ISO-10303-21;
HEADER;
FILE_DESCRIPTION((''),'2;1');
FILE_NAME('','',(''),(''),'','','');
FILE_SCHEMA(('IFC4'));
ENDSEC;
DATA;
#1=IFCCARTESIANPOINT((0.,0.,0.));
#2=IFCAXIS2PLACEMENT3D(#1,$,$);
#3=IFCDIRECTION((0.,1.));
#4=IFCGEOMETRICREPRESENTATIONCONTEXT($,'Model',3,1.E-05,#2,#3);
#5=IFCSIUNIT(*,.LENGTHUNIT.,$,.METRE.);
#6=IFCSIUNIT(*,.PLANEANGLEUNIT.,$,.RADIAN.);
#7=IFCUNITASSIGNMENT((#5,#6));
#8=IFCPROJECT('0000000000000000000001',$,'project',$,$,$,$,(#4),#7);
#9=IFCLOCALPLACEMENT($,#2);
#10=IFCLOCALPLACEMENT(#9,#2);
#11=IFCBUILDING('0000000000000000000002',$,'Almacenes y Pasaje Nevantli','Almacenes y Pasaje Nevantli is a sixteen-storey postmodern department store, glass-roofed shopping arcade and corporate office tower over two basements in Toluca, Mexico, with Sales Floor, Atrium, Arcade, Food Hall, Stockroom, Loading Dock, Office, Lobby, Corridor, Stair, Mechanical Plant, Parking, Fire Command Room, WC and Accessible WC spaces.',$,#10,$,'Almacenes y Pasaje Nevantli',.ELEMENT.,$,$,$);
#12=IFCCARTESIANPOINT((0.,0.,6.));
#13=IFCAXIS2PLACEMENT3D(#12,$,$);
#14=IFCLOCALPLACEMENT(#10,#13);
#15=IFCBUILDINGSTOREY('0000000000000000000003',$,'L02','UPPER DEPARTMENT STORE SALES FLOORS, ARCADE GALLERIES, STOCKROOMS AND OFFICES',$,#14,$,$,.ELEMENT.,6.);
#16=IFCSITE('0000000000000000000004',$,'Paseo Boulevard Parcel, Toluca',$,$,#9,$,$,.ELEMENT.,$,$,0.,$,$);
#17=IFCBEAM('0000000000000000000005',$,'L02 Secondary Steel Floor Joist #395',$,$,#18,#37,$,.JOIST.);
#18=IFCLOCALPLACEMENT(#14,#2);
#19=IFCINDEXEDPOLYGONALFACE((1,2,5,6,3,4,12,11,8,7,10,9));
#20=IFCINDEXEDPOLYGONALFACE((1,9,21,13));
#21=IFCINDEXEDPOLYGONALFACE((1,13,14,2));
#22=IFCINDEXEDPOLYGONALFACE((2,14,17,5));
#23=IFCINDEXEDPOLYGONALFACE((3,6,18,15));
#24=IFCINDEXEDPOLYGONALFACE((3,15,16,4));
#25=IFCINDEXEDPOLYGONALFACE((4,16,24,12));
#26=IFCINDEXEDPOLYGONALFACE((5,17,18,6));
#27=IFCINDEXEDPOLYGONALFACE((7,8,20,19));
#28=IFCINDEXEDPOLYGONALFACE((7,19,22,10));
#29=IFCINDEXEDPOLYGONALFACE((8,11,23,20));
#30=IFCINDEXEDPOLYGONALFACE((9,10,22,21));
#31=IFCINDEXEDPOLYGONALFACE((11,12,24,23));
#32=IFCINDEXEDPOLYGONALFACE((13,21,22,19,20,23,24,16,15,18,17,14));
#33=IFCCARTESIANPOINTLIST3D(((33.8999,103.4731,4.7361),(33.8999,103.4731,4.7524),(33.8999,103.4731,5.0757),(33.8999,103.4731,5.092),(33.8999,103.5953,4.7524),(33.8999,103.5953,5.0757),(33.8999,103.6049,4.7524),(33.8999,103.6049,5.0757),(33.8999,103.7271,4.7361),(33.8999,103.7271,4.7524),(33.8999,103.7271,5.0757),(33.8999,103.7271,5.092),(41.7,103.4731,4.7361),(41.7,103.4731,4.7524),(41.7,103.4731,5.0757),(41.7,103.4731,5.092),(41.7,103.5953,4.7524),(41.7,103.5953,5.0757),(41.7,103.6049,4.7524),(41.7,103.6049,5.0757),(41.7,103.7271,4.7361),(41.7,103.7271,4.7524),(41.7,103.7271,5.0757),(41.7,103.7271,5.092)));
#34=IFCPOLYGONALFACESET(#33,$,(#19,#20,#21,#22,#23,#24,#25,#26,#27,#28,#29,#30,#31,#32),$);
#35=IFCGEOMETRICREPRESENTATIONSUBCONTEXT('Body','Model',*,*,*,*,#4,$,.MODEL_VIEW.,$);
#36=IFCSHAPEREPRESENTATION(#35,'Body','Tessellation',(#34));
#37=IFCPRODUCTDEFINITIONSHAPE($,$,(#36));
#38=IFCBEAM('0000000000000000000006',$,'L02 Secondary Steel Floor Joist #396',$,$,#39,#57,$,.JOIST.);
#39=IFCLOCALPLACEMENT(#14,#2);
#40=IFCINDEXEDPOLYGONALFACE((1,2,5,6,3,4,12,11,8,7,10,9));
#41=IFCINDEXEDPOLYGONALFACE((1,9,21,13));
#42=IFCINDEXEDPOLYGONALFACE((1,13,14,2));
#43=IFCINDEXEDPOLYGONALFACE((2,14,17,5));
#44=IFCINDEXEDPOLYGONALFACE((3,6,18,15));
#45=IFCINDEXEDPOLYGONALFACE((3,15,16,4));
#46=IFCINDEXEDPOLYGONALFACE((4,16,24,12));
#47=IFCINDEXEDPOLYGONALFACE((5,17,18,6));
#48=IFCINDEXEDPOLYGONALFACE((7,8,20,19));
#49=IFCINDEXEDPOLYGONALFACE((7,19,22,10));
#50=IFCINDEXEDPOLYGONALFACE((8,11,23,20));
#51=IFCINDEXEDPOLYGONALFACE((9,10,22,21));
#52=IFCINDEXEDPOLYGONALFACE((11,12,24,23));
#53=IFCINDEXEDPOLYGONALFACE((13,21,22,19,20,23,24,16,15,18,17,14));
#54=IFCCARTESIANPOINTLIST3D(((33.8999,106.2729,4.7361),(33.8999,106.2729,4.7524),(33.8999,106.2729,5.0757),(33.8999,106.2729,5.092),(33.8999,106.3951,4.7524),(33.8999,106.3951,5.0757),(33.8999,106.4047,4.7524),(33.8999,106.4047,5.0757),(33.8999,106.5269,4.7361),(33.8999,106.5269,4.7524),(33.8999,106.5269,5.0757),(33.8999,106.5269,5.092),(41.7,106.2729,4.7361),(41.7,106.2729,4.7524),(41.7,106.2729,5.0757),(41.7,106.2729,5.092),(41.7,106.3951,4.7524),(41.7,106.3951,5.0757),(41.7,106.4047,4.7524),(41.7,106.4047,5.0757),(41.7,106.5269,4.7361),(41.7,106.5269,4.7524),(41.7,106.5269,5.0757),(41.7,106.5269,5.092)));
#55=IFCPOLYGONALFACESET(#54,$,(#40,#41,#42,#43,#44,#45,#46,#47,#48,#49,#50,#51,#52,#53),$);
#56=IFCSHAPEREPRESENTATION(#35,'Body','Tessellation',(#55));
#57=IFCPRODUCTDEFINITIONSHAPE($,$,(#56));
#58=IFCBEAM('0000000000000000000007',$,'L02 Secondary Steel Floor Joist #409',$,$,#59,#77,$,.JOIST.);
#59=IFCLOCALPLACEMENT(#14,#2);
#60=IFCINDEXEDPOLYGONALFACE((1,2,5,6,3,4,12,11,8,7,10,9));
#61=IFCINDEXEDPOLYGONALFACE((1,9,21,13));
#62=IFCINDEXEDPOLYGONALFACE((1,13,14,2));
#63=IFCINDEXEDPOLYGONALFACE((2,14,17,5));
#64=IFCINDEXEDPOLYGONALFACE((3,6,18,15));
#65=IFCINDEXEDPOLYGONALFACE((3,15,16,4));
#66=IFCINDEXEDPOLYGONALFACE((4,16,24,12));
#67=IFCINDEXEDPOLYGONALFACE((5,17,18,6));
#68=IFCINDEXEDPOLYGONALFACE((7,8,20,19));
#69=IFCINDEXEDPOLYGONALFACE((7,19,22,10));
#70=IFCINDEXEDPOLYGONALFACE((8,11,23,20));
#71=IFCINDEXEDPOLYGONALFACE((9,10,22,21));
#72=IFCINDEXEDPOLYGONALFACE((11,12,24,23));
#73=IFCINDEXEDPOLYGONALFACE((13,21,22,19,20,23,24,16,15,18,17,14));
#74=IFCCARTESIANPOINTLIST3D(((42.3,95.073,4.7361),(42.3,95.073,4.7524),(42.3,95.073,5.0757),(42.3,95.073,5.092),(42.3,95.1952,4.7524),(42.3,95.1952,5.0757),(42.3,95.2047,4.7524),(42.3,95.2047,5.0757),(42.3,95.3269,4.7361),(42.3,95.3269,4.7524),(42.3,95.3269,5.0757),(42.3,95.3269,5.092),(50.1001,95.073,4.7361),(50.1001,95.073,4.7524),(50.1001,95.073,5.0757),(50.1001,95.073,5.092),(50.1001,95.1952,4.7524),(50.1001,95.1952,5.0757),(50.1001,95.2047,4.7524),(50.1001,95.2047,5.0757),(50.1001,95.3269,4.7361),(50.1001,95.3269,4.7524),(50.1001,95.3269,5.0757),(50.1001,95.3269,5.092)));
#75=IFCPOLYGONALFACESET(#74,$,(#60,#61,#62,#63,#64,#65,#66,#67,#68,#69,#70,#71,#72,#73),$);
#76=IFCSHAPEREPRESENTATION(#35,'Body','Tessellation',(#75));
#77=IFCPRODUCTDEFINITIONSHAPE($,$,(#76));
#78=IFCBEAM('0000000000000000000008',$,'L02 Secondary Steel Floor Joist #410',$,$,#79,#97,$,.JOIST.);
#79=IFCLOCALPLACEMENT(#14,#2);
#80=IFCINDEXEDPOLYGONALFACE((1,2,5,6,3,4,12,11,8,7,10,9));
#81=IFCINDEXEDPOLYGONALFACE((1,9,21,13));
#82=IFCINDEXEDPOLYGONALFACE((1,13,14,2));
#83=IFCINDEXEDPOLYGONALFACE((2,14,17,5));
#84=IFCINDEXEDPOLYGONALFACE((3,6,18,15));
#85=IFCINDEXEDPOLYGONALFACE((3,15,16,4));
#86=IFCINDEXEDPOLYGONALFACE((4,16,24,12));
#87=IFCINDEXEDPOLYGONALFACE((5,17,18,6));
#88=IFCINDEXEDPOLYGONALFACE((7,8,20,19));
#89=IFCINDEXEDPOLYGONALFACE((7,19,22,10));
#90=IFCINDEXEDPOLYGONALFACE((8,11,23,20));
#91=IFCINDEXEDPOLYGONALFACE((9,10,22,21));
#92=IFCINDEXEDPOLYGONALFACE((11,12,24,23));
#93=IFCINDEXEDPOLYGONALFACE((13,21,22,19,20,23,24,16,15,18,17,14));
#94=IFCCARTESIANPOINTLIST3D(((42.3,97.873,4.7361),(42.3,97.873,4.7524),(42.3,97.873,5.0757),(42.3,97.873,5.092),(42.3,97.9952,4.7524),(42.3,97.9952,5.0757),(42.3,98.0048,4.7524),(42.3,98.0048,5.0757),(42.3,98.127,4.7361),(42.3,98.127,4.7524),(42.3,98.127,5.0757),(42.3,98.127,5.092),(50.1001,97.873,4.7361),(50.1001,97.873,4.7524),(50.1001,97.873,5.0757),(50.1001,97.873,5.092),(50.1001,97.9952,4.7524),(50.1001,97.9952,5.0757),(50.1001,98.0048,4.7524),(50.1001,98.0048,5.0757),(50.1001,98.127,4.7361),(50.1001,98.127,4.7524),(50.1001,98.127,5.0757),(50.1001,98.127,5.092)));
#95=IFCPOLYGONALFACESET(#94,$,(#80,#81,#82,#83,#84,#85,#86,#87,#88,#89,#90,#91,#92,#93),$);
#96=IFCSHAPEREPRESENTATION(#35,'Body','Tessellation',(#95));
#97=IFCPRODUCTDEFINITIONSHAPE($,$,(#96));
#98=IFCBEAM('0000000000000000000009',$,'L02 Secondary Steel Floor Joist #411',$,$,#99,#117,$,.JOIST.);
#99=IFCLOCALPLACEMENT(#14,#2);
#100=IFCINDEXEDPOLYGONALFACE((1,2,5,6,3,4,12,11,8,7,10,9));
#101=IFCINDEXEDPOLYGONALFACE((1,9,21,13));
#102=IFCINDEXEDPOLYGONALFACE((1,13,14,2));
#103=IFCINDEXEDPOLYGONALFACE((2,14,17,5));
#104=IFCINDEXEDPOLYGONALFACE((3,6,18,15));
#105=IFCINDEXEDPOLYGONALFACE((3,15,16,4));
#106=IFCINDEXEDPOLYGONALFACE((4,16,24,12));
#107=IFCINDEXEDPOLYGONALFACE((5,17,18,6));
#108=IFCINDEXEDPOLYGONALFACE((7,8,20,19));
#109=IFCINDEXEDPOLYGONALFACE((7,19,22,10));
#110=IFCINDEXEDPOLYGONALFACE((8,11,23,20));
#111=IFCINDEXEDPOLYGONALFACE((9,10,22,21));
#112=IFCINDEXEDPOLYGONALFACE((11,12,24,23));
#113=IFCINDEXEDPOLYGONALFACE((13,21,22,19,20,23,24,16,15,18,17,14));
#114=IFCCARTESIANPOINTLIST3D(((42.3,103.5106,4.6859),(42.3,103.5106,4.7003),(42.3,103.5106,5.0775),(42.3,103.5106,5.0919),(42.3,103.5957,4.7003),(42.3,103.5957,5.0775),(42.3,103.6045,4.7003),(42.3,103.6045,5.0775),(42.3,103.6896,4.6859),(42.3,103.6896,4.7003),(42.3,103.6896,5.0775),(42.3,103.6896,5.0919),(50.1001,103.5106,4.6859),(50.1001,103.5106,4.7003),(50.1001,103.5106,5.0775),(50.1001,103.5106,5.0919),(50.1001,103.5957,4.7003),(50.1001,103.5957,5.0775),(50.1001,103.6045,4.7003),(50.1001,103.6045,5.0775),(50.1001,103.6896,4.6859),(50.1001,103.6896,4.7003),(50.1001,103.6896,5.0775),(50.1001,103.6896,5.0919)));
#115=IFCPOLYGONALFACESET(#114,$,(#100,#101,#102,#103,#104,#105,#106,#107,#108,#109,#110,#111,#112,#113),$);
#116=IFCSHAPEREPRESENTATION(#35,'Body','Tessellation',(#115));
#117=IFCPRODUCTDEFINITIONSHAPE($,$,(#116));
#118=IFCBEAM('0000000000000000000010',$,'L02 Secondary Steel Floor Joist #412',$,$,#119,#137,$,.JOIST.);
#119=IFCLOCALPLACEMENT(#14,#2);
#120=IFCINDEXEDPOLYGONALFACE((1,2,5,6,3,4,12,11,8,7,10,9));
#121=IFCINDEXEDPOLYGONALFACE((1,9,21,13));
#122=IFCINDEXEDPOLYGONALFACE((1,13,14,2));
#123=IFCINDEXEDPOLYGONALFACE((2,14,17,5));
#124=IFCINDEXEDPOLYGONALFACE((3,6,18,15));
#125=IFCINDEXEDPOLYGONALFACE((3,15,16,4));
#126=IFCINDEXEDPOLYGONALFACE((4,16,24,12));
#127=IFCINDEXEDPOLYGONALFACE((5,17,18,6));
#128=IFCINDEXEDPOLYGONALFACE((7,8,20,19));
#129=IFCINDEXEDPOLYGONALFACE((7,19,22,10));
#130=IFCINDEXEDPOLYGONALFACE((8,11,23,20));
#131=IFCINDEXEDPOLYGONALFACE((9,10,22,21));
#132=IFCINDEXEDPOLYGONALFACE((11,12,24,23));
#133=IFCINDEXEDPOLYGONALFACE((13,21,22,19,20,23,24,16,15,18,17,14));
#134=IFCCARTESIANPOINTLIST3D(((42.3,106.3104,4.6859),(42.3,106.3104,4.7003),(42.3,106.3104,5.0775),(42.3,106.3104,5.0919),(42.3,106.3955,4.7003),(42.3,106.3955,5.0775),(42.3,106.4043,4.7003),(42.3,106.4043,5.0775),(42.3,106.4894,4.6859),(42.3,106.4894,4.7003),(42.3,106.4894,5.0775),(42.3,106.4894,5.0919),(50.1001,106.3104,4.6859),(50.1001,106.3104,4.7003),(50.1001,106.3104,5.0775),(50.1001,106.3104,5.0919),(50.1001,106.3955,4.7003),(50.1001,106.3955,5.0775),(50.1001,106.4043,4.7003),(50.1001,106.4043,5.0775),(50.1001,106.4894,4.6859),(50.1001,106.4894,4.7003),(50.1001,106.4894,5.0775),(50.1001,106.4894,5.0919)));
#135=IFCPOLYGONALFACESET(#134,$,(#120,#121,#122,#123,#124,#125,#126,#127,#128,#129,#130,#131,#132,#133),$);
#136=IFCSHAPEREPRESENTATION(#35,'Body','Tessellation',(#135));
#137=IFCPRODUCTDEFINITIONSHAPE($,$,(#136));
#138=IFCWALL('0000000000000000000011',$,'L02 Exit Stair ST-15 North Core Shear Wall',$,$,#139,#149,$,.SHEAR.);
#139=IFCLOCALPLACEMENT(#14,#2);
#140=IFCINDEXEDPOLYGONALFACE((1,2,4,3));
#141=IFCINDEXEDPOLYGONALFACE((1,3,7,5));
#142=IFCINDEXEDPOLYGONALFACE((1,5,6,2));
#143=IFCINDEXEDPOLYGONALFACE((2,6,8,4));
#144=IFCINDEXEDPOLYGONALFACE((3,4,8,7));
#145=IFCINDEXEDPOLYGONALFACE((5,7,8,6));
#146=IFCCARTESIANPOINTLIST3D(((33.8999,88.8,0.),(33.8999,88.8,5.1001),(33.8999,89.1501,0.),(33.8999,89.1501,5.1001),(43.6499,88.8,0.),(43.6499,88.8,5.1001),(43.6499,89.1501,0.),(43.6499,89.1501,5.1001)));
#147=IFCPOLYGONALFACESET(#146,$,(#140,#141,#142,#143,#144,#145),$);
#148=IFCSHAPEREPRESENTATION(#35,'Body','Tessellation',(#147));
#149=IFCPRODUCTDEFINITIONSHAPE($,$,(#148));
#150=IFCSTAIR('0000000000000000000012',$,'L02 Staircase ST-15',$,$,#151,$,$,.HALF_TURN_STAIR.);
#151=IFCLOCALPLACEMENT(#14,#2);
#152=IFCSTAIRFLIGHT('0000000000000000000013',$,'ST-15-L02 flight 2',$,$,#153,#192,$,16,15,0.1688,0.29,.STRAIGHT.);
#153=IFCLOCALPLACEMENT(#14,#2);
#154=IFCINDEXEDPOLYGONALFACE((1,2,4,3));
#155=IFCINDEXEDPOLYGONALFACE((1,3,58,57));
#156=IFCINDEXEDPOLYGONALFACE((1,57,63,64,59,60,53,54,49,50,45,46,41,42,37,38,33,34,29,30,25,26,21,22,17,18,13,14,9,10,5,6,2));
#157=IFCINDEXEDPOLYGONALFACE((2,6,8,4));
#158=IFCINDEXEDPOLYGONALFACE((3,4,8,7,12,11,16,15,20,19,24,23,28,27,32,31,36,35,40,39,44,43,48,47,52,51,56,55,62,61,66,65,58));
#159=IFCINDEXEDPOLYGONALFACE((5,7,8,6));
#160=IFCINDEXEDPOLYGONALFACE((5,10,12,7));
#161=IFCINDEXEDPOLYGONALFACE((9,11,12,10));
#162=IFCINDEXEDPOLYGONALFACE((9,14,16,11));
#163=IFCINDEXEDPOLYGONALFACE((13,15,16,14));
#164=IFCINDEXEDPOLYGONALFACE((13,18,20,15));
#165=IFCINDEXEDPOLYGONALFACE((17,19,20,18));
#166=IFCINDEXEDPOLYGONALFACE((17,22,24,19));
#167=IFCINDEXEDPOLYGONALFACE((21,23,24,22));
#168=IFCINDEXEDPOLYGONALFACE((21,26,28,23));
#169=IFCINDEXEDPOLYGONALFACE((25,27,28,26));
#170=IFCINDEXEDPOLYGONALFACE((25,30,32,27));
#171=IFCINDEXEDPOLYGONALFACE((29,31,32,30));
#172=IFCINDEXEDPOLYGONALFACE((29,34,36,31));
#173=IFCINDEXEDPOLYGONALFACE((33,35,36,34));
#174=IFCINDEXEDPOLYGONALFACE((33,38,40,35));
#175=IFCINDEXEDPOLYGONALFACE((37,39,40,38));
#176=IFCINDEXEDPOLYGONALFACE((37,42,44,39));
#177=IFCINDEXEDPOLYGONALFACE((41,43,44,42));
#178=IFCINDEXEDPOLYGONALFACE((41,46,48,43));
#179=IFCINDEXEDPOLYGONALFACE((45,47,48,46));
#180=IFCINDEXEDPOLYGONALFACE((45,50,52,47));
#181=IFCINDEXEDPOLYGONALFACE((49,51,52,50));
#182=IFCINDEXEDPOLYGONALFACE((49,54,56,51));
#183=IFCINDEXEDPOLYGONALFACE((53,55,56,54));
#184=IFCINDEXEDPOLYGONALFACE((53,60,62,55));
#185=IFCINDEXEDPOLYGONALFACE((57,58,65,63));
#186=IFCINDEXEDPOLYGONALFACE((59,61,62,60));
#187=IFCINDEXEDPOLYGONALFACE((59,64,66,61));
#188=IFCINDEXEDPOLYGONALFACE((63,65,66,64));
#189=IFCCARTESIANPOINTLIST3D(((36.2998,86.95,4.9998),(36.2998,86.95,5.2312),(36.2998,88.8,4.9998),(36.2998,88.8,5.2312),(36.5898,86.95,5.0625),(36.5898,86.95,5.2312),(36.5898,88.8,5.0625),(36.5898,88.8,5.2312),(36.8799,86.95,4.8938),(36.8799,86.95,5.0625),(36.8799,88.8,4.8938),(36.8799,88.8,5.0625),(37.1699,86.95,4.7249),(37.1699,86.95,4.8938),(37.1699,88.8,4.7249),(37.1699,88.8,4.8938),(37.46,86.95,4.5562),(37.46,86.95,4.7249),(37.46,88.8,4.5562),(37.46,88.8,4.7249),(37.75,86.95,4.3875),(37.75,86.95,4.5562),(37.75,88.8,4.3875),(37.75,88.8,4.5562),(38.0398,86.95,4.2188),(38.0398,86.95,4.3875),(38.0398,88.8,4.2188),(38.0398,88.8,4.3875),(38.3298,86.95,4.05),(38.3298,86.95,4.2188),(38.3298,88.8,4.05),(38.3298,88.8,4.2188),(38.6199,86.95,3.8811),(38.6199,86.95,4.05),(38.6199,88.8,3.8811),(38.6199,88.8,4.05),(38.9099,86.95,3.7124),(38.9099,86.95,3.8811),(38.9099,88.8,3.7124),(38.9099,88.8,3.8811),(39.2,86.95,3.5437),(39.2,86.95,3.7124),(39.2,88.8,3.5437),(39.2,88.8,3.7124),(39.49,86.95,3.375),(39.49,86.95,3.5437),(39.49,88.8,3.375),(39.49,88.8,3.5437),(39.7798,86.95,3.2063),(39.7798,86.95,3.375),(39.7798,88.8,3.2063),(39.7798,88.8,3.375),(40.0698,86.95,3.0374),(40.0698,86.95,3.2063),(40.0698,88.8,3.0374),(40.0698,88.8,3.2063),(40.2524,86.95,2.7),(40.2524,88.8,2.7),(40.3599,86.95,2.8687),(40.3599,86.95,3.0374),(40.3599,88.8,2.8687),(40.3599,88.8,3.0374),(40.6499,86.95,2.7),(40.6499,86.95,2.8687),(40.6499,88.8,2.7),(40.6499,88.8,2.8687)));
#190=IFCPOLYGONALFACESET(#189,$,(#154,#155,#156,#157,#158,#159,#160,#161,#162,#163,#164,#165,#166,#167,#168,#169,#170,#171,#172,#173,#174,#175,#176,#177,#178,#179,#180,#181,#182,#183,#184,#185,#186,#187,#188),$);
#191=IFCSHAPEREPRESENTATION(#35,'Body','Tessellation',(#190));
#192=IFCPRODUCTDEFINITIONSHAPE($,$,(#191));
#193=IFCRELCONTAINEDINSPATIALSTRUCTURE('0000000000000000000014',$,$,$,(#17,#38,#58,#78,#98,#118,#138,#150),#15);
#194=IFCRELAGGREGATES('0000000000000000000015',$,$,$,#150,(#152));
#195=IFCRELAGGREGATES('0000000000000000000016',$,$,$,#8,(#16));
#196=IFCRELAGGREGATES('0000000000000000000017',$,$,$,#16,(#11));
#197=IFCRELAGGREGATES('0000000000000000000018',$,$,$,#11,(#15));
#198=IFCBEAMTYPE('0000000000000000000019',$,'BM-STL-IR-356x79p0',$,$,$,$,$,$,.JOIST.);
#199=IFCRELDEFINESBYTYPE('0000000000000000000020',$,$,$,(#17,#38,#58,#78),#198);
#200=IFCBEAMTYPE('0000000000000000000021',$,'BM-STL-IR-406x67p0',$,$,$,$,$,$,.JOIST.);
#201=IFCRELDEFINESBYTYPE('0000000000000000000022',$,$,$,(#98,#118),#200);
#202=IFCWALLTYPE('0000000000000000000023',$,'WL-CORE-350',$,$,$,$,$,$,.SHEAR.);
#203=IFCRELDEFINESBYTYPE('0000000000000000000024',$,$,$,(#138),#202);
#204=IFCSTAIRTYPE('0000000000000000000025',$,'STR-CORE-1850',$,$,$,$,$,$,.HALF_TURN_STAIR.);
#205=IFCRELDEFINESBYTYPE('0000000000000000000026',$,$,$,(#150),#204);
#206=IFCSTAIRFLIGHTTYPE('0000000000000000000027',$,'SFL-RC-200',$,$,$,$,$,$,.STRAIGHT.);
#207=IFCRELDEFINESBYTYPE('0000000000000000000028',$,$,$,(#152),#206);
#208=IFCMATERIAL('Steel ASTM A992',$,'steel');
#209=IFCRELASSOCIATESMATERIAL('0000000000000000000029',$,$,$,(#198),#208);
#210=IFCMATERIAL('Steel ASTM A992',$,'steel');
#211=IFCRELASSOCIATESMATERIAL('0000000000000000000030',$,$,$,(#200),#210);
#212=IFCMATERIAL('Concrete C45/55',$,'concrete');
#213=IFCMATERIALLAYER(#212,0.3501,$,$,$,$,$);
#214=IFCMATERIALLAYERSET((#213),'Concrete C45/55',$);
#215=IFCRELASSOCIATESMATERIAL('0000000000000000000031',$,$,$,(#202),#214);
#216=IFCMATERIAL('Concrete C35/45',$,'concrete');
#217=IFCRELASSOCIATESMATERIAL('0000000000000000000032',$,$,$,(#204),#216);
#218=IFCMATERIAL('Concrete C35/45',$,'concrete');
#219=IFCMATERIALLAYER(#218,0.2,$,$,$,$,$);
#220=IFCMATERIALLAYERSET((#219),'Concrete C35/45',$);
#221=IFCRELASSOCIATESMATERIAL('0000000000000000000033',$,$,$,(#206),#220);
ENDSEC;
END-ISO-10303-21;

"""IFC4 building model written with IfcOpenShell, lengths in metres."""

from ifc_helpers import new_model, si_unit, direction, frame, frame_2d, origin, origin_2d, place, context, subcontext, project, spatial, polyline, rectangle, i_section, outline, extrude, material, layer, layer_set, material_profile, profile_set, type_object, element, aggregate, save


model = new_model("IFC4")

# Units and contexts
model_context = context("Model", 3, precision=1e-05, world=origin(), true_north=direction((0.0, 1.0)))
body_context = subcontext(model_context, "Body", "Model", "MODEL_VIEW")
ifc_project = project(units=[si_unit("LENGTHUNIT", "METRE"), si_unit("PLANEANGLEUNIT", "RADIAN")], contexts=[model_context])

# Site, building, storey
site_placement = place(None, origin())
site = spatial("IfcSite", under=ifc_project, at=site_placement, Name="Paseo Boulevard Parcel, Toluca", CompositionType="ELEMENT", RefElevation=0.0)
building_placement = place(site_placement, origin())
building = spatial("IfcBuilding", under=site, at=building_placement, Name="Almacenes y Pasaje Nevantli", Description="Almacenes y Pasaje Nevantli is a sixteen-storey postmodern department store, glass-roofed shopping arcade and corporate office tower over two basements in Toluca, Mexico, with Sales Floor, Atrium, Arcade, Food Hall, Stockroom, Loading Dock, Office, Lobby, Corridor, Stair, Mechanical Plant, Parking, Fire Command Room, WC and Accessible WC spaces.", LongName="Almacenes y Pasaje Nevantli", CompositionType="ELEMENT")
storey_placement = place(building_placement, frame((0.0, 0.0, 6.0)))
storey = spatial("IfcBuildingStorey", under=building, at=storey_placement, Name="L02", Description="UPPER DEPARTMENT STORE SALES FLOORS, ARCADE GALLERIES, STOCKROOMS AND OFFICES", CompositionType="ELEMENT", Elevation=6.0)

# Beams
ifc_material_1 = material(Name="Steel ASTM A992", Category="steel")
ifc_material_profile_1 = material_profile(ifc_material_1, i_section(OverallWidth=0.2539, OverallDepth=0.356, WebThickness=0.0095, FlangeThickness=0.0164, at=origin_2d()), Name="IR 356x79.0")
ifc_profile_set_1 = profile_set([ifc_material_profile_1], Name="Steel ASTM A992")
beam_type_1 = type_object("IfcBeamType", Name="BM-STL-IR-356x79p0", PredefinedType="JOIST", material=ifc_profile_set_1)
for number, where, z_axis, x_axis, name in (
    (1, (33.8999, 103.6001, 4.9141), (1.0, 0.0, 0.0), (0.0, 1.0, 0.0), "L02 Secondary Steel Floor Joist #395"),
    (2, (33.8999, 106.3999, 4.9141), (1.0, 0.0, 0.0), (0.0, 1.0, 0.0), "L02 Secondary Steel Floor Joist #396"),
    (3, (42.3, 95.2, 4.9141), (1.0, 0.0, 0.0), (0.0, 1.0, 0.0), "L02 Secondary Steel Floor Joist #409"),
    (4, (42.3, 98.0, 4.9141), (1.0, 0.0, 0.0), (0.0, 1.0, 0.0), "L02 Secondary Steel Floor Joist #410"),
):
    element("IfcBeam", number, at=place(storey_placement, frame(where, z_axis=z_axis, x_axis=x_axis)), inside=storey, type_object=beam_type_1, Name=name, PredefinedType="JOIST", context=body_context, shape_type="SweptSolid", body=[
        extrude(i_section(OverallWidth=0.2539, OverallDepth=0.356, WebThickness=0.0095, FlangeThickness=0.0164, at=origin_2d()), origin(), (0.0, 0.0, 1.0), 7.8),
    ])
ifc_material_2 = material(Name="Steel ASTM A992", Category="steel")
ifc_material_profile_2 = material_profile(ifc_material_2, i_section(OverallWidth=0.179, OverallDepth=0.406, WebThickness=0.0088, FlangeThickness=0.0144, at=origin_2d()), Name="IR 406x67.0")
ifc_profile_set_2 = profile_set([ifc_material_profile_2], Name="Steel ASTM A992")
beam_type_2 = type_object("IfcBeamType", Name="BM-STL-IR-406x67p0", PredefinedType="JOIST", material=ifc_profile_set_2)
for number, where, z_axis, x_axis, name in (
    (5, (42.3, 103.6001, 4.8889), (1.0, 0.0, 0.0), (0.0, 1.0, 0.0), "L02 Secondary Steel Floor Joist #411"),
    (6, (42.3, 106.3999, 4.8889), (1.0, 0.0, 0.0), (0.0, 1.0, 0.0), "L02 Secondary Steel Floor Joist #412"),
):
    element("IfcBeam", number, at=place(storey_placement, frame(where, z_axis=z_axis, x_axis=x_axis)), inside=storey, type_object=beam_type_2, Name=name, PredefinedType="JOIST", context=body_context, shape_type="SweptSolid", body=[
        extrude(i_section(OverallWidth=0.179, OverallDepth=0.406, WebThickness=0.0088, FlangeThickness=0.0144, at=origin_2d()), origin(), (0.0, 0.0, 1.0), 7.8),
    ])

# Wall
ifc_material_3 = material(Name="Concrete C45/55", Category="concrete")
ifc_layer_1 = layer(ifc_material_3, 0.3501)
ifc_layer_set_1 = layer_set([ifc_layer_1], Name="Concrete C45/55")
wall_type = type_object("IfcWallType", Name="WL-CORE-350", PredefinedType="SHEAR", material=ifc_layer_set_1)
wall_placement = place(storey_placement, frame((33.8999, 88.9751, 0.0), z_axis=(0.0, 0.0, 1.0), x_axis=(1.0, 0.0, 0.0)))
element("IfcWall", 7, at=wall_placement, inside=storey, type_object=wall_type, Name="L02 Exit Stair ST-15 North Core Shear Wall", PredefinedType="SHEAR", context=body_context, shape_type="SweptSolid", body=[
    extrude(rectangle(XDim=9.75, YDim=0.3501, at=frame_2d((4.875, 0.0))), origin(), (0.0, 0.0, 1.0), 5.1001),
])

# Stair, stair flight
ifc_material_4 = material(Name="Concrete C35/45", Category="concrete")
stair_type = type_object("IfcStairType", Name="STR-CORE-1850", PredefinedType="HALF_TURN_STAIR", material=ifc_material_4)
stair_placement = place(storey_placement, origin())
stair = element("IfcStair", 8, at=stair_placement, inside=storey, type_object=stair_type, Name="L02 Staircase ST-15", PredefinedType="HALF_TURN_STAIR")
ifc_material_5 = material(Name="Concrete C35/45", Category="concrete")
ifc_layer_2 = layer(ifc_material_5, 0.2)
ifc_layer_set_2 = layer_set([ifc_layer_2], Name="Concrete C35/45")
stair_flight_type = type_object("IfcStairFlightType", Name="SFL-RC-200", PredefinedType="STRAIGHT", material=ifc_layer_set_2)
stair_flight_placement = place(storey_placement, frame((40.6499, 87.875, 2.7), z_axis=(0.0, 0.0, 1.0), x_axis=(-1.0, 0.0, 0.0)))
stair_flight = element("IfcStairFlight", 9, at=stair_flight_placement, type_object=stair_flight_type, Name="ST-15-L02 flight 2", NumberOfRisers=16, NumberOfTreads=15, PredefinedType="STRAIGHT", RiserHeight=0.1688, TreadLength=0.29, context=body_context, shape_type="SweptSolid", body=[
    extrude(outline(polyline([(0.0, 0.0), (0.0, 0.1687), (0.29, 0.1687), (0.29, 0.3374), (0.5801, 0.3374), (0.5801, 0.5063), (0.8701, 0.5063), (0.8701, 0.675), (1.1599, 0.675), (1.1599, 0.8438), (1.45, 0.8438), (1.45, 1.0125), (1.74, 1.0125), (1.74, 1.1812), (2.03, 1.1812), (2.03, 1.3501), (2.3201, 1.3501), (2.3201, 1.5188), (2.6101, 1.5188), (2.6101, 1.6875), (2.8999, 1.6875), (2.8999, 1.8562), (3.1899, 1.8562), (3.1899, 2.0249), (3.48, 2.0249), (3.48, 2.1938), (3.77, 2.1938), (3.77, 2.3625), (4.0601, 2.3625), (4.0601, 2.5312), (4.3501, 2.5312), (4.3501, 2.7), (4.3501, 2.2998), (0.3975, 0.0), (0.0, 0.0)])), frame((0.0, 0.925, 0.0), z_axis=(0.0, -1.0, 0.0), x_axis=(1.0, 0.0, 0.0)), (0.0, 0.0, 1.0), 1.8501),
])
aggregate(stair, [stair_flight])

save(model, "model.ifc")
